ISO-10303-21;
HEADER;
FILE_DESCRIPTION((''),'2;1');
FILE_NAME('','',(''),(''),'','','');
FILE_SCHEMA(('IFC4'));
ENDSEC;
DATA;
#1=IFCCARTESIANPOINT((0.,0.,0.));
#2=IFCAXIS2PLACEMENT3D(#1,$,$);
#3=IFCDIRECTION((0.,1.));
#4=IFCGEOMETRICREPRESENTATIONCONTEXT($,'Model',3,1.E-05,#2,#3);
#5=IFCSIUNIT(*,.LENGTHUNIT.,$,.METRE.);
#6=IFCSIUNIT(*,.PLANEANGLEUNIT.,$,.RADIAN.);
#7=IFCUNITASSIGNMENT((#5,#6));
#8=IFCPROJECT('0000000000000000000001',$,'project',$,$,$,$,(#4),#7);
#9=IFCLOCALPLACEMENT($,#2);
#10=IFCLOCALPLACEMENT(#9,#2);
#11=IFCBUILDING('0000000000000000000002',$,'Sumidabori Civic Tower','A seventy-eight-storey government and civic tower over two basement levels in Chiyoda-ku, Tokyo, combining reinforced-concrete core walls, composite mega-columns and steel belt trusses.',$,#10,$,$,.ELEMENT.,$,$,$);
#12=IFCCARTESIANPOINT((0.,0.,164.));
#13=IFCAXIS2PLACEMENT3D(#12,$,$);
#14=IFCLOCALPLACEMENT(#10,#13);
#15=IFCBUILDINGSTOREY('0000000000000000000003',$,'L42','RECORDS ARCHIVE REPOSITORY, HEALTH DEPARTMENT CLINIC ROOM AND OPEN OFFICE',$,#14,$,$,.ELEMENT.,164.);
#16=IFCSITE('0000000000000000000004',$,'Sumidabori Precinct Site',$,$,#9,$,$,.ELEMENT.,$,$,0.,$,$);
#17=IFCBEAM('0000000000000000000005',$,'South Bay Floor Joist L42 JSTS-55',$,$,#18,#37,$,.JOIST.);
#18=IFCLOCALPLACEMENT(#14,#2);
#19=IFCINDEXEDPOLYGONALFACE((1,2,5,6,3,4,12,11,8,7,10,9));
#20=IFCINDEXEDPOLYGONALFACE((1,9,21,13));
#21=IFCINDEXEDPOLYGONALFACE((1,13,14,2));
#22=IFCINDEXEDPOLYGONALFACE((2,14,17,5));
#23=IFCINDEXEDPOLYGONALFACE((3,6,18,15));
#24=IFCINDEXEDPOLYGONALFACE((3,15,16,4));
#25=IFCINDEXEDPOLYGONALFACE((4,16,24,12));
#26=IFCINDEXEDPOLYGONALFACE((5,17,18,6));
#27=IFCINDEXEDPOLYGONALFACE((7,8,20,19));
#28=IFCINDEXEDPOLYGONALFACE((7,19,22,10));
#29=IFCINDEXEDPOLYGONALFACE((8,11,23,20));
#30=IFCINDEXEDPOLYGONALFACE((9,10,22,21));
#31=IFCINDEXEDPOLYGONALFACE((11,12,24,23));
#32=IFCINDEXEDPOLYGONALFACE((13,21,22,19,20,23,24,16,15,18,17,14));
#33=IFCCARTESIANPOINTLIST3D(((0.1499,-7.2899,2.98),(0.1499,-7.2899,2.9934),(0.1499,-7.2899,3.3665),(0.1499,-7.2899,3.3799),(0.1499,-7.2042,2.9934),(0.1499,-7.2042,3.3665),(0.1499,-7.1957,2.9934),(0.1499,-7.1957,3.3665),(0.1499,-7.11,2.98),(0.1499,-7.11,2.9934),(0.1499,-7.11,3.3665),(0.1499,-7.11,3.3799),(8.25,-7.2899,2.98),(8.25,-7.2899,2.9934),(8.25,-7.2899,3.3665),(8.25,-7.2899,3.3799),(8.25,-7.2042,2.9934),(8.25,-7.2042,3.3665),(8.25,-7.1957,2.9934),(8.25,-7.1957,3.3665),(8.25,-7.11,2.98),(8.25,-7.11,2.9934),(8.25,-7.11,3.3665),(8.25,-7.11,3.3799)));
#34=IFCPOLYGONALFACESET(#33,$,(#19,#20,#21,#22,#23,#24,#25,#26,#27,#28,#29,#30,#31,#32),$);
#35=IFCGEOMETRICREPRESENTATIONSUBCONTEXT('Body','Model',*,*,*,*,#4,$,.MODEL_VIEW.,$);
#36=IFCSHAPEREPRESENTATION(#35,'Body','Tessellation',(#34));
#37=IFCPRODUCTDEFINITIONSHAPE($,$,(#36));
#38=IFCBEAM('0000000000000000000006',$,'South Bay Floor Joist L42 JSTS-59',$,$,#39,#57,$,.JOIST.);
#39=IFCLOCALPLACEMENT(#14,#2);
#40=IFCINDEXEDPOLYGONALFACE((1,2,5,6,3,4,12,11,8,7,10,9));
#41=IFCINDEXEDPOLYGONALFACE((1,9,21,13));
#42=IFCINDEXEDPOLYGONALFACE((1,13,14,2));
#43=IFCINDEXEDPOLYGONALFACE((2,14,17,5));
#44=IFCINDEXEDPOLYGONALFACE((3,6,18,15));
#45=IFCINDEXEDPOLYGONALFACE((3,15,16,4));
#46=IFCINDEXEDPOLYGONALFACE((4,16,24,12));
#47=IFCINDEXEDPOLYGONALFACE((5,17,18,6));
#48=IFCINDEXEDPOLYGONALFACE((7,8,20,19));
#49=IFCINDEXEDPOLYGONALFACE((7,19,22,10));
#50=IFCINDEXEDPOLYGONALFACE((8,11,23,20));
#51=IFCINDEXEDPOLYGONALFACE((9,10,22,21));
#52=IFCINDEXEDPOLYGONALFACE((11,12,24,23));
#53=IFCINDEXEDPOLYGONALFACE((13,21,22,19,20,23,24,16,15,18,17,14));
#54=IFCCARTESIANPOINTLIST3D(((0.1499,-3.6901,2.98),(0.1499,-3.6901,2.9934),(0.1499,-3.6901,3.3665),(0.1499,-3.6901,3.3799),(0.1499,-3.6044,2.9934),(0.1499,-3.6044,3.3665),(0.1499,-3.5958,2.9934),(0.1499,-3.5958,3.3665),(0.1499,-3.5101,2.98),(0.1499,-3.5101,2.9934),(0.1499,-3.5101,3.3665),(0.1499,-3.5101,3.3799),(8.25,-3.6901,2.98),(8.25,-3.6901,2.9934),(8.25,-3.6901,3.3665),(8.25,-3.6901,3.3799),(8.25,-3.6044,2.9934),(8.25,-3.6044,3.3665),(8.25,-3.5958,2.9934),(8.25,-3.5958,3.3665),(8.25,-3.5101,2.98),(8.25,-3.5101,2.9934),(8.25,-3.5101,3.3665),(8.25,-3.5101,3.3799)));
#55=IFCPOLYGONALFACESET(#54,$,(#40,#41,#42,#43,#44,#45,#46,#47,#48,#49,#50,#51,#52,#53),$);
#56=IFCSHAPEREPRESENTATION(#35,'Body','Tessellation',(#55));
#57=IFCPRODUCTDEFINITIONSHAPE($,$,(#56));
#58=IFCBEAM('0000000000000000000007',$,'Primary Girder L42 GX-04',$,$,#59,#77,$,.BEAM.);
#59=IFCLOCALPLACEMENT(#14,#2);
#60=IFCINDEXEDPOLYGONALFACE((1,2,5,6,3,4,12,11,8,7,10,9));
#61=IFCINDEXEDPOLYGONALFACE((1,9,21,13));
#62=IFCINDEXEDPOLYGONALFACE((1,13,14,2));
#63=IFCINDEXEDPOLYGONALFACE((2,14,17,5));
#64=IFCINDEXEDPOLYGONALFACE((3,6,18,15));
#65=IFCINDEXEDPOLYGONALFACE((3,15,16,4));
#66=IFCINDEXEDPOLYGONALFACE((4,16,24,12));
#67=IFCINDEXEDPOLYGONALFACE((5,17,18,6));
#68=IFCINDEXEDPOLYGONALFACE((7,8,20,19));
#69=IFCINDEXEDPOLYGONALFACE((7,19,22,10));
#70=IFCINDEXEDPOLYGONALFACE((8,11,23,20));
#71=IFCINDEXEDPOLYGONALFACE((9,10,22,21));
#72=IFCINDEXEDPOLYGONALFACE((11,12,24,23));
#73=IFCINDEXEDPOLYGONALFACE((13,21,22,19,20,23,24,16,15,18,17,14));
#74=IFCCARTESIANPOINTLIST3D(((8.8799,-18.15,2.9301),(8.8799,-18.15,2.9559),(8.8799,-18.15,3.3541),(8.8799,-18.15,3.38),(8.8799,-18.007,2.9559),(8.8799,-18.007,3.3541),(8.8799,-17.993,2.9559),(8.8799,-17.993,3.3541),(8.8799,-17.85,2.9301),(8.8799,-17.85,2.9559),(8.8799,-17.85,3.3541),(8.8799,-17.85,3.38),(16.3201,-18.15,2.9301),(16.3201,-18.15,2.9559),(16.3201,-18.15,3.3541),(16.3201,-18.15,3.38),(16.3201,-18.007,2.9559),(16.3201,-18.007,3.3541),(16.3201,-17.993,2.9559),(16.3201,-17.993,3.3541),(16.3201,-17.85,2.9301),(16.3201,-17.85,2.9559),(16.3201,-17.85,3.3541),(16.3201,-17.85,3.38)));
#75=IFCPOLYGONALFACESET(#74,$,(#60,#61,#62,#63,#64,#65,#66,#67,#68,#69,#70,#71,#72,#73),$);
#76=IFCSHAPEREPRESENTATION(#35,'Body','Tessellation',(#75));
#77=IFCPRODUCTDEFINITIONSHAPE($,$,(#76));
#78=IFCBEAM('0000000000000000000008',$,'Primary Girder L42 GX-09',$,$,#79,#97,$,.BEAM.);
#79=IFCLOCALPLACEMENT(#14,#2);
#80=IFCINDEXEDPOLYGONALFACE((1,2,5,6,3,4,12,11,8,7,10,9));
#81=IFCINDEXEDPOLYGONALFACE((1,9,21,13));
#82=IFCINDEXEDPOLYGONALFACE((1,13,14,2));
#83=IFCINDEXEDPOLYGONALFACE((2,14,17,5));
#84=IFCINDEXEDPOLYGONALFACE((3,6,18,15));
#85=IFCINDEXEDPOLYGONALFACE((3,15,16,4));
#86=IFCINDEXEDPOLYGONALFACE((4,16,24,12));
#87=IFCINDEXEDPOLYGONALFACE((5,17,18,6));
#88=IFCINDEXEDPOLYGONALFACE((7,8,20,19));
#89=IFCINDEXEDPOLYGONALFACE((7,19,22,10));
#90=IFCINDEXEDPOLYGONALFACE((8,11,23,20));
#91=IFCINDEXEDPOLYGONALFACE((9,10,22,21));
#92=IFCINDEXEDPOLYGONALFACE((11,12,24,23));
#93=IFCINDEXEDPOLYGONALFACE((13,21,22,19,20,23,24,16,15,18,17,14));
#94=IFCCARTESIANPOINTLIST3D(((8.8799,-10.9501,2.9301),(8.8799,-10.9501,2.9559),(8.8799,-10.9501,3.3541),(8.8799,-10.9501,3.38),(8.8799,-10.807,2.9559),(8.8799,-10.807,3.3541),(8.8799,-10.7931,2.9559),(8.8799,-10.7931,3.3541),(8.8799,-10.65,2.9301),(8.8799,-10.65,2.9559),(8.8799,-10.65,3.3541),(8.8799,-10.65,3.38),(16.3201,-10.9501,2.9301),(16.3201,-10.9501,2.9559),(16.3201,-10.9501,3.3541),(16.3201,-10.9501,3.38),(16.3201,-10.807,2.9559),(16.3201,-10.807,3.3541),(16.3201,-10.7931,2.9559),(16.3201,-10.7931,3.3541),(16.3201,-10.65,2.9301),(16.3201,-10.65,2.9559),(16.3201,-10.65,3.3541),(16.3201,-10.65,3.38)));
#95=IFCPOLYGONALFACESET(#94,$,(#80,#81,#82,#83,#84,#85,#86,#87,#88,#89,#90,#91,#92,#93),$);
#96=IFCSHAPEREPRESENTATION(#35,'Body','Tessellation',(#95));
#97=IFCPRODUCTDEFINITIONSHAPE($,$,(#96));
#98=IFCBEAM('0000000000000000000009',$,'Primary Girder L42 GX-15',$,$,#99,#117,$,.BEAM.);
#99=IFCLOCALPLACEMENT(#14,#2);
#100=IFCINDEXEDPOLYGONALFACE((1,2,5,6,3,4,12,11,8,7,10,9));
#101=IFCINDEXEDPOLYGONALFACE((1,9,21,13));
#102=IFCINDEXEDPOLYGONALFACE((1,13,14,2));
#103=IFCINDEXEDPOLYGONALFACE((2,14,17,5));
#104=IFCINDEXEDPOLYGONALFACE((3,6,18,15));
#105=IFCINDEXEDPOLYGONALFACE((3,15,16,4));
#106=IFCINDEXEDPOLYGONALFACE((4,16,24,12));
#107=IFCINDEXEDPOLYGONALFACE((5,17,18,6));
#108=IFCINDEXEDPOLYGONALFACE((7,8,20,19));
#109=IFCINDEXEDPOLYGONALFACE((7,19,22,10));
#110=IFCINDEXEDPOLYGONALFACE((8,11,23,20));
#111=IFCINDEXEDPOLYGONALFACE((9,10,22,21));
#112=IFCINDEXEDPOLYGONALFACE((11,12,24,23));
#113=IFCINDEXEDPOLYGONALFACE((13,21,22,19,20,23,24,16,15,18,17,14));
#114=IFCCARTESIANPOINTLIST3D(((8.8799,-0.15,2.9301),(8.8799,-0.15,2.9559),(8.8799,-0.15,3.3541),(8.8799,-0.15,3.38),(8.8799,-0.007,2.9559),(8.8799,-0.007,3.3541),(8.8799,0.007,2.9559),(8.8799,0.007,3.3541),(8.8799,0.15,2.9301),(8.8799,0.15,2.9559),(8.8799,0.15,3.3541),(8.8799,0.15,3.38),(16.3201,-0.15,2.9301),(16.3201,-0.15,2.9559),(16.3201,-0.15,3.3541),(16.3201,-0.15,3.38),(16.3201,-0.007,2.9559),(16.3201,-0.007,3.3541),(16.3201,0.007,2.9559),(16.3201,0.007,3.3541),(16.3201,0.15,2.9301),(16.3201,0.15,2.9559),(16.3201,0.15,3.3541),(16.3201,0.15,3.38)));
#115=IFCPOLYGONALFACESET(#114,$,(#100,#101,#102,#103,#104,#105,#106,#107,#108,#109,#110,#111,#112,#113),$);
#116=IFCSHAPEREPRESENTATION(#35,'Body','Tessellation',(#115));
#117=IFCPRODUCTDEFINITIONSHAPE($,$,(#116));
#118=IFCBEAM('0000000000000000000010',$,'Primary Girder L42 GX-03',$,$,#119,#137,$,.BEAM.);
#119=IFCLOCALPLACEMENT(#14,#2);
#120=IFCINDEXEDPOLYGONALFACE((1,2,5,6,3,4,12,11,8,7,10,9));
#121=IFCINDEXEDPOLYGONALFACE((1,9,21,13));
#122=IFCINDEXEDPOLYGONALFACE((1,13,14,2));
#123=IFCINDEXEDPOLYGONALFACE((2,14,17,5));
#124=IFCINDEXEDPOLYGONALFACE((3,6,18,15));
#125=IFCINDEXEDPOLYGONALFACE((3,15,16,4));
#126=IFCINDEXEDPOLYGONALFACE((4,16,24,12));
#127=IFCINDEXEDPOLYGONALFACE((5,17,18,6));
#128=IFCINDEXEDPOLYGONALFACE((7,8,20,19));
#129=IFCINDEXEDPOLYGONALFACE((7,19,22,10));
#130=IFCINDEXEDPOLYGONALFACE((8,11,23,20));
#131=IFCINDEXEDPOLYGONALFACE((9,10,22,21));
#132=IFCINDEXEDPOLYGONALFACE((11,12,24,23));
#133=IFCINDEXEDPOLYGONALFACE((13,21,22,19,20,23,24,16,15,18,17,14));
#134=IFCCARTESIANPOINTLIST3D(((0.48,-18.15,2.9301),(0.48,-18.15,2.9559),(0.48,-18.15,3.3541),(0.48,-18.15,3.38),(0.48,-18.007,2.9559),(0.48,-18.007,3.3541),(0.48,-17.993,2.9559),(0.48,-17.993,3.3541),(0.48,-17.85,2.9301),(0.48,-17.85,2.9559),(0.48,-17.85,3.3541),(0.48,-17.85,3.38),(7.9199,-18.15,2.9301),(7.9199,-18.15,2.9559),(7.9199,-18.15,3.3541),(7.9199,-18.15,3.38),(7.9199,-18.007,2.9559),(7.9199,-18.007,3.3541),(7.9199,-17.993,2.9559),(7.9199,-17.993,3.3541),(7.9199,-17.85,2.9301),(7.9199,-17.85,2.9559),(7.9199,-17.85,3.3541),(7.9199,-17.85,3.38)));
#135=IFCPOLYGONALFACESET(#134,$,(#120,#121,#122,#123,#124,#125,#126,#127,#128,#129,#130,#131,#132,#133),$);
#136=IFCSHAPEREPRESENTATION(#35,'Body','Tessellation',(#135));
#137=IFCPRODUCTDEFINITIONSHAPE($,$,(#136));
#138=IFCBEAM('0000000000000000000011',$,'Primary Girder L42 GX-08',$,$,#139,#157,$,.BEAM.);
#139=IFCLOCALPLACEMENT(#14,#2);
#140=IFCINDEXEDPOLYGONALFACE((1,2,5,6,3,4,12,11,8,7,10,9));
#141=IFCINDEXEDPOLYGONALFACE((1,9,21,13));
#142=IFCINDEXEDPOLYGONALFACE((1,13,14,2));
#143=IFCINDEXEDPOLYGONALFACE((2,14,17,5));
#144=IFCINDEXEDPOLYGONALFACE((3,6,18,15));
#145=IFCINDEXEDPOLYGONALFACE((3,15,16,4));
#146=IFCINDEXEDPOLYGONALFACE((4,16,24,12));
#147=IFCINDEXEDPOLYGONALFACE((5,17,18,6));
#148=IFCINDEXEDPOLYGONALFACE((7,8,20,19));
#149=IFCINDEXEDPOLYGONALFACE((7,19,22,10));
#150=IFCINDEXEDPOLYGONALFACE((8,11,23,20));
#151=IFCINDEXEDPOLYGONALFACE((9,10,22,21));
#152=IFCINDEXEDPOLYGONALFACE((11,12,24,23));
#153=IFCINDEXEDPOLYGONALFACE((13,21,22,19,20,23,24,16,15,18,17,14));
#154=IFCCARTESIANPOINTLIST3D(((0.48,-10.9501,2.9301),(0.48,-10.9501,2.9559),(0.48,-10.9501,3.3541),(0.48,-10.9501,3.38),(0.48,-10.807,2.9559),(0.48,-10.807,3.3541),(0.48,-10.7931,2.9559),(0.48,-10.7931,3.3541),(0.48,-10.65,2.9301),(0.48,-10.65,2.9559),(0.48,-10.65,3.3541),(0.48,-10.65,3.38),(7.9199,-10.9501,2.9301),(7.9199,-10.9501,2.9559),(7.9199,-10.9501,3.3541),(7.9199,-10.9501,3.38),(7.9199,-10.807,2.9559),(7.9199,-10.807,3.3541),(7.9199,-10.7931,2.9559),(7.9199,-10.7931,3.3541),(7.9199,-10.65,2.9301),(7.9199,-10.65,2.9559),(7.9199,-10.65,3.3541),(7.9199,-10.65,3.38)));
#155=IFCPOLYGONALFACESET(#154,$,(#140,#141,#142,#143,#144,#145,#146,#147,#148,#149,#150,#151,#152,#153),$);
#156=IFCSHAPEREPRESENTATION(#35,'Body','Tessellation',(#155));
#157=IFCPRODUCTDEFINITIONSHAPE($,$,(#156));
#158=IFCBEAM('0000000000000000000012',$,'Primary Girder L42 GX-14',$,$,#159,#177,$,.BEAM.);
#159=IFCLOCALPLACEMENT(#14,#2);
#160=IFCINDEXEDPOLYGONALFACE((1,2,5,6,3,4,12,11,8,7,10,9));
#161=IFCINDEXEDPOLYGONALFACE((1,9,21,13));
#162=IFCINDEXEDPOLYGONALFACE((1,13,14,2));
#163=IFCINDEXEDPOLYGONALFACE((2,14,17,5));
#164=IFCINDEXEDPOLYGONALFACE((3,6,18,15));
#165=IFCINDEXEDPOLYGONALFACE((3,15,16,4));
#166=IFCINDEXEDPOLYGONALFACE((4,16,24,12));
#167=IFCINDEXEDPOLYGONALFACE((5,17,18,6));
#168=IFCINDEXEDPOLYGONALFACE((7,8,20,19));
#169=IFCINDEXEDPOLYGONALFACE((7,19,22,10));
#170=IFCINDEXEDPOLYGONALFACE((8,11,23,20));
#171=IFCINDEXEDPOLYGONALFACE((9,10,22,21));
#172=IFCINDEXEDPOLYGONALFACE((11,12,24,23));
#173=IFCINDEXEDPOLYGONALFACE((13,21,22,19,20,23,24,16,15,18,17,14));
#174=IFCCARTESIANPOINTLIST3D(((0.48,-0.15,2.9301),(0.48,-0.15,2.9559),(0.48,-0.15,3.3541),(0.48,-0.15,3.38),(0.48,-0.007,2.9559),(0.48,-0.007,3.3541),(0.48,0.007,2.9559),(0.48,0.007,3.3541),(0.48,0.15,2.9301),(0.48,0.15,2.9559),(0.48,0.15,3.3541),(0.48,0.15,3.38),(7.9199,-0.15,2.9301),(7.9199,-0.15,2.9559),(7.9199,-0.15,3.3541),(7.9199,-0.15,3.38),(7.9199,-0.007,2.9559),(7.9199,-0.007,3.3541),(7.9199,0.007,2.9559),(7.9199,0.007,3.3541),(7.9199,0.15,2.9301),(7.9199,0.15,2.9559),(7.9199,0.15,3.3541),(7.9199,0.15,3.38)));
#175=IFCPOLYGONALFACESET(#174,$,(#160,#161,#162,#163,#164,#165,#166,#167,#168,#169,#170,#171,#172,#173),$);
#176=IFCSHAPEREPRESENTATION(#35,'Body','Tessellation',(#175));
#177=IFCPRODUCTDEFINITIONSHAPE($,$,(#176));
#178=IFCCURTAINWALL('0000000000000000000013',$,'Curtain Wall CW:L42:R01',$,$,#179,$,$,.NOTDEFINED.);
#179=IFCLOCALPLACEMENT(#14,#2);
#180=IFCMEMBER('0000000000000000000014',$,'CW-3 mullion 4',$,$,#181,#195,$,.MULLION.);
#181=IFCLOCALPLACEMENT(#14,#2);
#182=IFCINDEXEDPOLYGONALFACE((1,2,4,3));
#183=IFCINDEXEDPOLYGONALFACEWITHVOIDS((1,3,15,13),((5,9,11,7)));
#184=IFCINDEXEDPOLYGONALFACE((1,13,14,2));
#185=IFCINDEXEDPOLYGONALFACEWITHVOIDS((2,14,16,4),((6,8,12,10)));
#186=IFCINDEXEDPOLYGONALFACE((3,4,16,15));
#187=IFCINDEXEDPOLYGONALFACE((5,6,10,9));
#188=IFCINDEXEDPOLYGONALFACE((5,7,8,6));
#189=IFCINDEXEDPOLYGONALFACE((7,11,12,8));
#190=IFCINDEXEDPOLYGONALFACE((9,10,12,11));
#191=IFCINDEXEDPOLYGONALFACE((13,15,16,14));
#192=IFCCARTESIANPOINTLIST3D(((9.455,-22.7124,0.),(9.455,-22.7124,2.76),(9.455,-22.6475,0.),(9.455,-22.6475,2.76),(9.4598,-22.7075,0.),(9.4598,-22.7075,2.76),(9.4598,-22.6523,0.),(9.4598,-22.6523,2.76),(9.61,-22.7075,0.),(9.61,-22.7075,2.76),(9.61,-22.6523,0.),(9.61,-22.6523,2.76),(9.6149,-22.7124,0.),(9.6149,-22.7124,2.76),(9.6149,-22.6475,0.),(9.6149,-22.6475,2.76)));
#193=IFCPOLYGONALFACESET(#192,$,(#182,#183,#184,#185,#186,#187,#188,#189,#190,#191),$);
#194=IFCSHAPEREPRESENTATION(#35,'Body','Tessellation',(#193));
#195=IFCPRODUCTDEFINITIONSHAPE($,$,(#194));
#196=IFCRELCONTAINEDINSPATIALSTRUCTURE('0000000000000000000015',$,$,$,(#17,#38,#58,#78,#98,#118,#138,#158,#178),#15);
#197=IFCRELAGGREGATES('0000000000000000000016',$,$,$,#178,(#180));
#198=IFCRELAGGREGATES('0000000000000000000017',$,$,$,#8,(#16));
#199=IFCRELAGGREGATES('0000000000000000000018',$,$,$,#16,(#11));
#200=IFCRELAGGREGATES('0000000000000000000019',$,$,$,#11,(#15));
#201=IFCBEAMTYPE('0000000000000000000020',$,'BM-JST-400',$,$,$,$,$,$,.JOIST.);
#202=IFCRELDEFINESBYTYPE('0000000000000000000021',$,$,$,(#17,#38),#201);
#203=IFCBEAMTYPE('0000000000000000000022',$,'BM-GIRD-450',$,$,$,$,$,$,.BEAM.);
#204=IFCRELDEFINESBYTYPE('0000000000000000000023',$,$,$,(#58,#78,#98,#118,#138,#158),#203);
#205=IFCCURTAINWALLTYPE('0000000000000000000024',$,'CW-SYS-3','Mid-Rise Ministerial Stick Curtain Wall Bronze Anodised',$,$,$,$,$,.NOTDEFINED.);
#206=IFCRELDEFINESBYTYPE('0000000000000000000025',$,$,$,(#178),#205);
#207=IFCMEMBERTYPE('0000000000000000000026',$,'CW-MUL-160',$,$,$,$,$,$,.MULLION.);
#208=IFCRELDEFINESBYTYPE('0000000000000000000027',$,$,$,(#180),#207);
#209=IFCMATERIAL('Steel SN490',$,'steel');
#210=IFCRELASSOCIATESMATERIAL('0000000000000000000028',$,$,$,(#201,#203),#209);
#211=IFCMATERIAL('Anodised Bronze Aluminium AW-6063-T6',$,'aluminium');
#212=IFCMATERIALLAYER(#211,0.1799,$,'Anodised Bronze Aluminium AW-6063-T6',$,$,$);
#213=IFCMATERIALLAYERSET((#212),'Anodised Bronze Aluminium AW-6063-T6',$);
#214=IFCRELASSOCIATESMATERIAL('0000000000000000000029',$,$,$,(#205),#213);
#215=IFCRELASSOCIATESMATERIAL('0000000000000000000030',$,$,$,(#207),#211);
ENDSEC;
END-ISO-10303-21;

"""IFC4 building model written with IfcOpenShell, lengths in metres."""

from ifc_helpers import new_model, si_unit, direction, frame, origin, origin_2d, place, context, subcontext, project, spatial, hollow_rectangle, i_section, extrude, source, transform, mapped, material, layer, layer_set, material_profile, profile_set, type_object, element, aggregate, save


model = new_model("IFC4")

# Units and contexts
model_context = context("Model", 3, precision=1e-05, world=origin(), true_north=direction((0.0, 1.0)))
body_context = subcontext(model_context, "Body", "Model", "MODEL_VIEW")
ifc_project = project(units=[si_unit("LENGTHUNIT", "METRE"), si_unit("PLANEANGLEUNIT", "RADIAN")], contexts=[model_context])

# Site, building, storey
site_placement = place(None, origin())
site = spatial("IfcSite", under=ifc_project, at=site_placement, Name="Sumidabori Precinct Site", CompositionType="ELEMENT", RefElevation=0.0)
building_placement = place(site_placement, origin())
building = spatial("IfcBuilding", under=site, at=building_placement, Name="Sumidabori Civic Tower", Description="A seventy-eight-storey government and civic tower over two basement levels in Chiyoda-ku, Tokyo, combining reinforced-concrete core walls, composite mega-columns and steel belt trusses.", CompositionType="ELEMENT")
storey_placement = place(building_placement, frame((0.0, 0.0, 164.0)))
storey = spatial("IfcBuildingStorey", under=building, at=storey_placement, Name="L42", Description="RECORDS ARCHIVE REPOSITORY, HEALTH DEPARTMENT CLINIC ROOM AND OPEN OFFICE", CompositionType="ELEMENT", Elevation=164.0)

# Beams
ifc_material_1 = material(Name="Steel SN490", Category="steel")
ifc_material_profile_1 = material_profile(ifc_material_1, i_section(OverallWidth=0.1799, OverallDepth=0.3999, WebThickness=0.0085, FlangeThickness=0.0134, at=origin_2d()), Name="IPE 400")
ifc_profile_set_1 = profile_set([ifc_material_profile_1], Name="Steel SN490")
beam_type_1 = type_object("IfcBeamType", Name="BM-JST-400", PredefinedType="JOIST", material=ifc_profile_set_1)
shared_shape_1 = source(origin(), body_context, "Body", "SweptSolid", [
    extrude(i_section(OverallWidth=0.1799, OverallDepth=0.3999, WebThickness=0.0085, FlangeThickness=0.0134, at=origin_2d()), origin(), (0.0, 0.0, 1.0), 8.1001),
])
for number, where, z_axis, x_axis, name in (
    (1, (0.1499, -7.2, 3.1799), (1.0, 0.0, 0.0), (0.0, 1.0, 0.0), "South Bay Floor Joist L42 JSTS-55"),
    (2, (0.1499, -3.6001, 3.1799), (1.0, 0.0, 0.0), (0.0, 1.0, 0.0), "South Bay Floor Joist L42 JSTS-59"),
):
    element("IfcBeam", number, at=place(storey_placement, frame(where, z_axis=z_axis, x_axis=x_axis)), inside=storey, type_object=beam_type_1, Name=name, PredefinedType="JOIST", context=body_context, shape_type="MappedRepresentation", body=[
        mapped(shared_shape_1, transform((0.0, 0.0, 0.0), x_axis=(1.0, 0.0, 0.0), y_axis=(0.0, 1.0, 0.0), z_axis=(0.0, 0.0, 1.0), scale=1.0)),
    ])
ifc_material_profile_2 = material_profile(ifc_material_1, i_section(OverallWidth=0.3, OverallDepth=0.45, WebThickness=0.0139, FlangeThickness=0.0259, at=origin_2d()), Name="HE 450 B")
ifc_profile_set_2 = profile_set([ifc_material_profile_2], Name="Steel SN490")
beam_type_2 = type_object("IfcBeamType", Name="BM-GIRD-450", PredefinedType="BEAM", material=ifc_profile_set_2)
shared_shape_2 = source(origin(), body_context, "Body", "SweptSolid", [
    extrude(i_section(OverallWidth=0.3, OverallDepth=0.45, WebThickness=0.0139, FlangeThickness=0.0259, at=origin_2d()), origin(), (0.0, 0.0, 1.0), 7.4402),
])
for number, where, z_axis, x_axis, name in (
    (3, (8.8799, -18.0, 3.155), (1.0, 0.0, 0.0), (0.0, 1.0, 0.0), "Primary Girder L42 GX-04"),
    (4, (8.8799, -10.8, 3.155), (1.0, 0.0, 0.0), (0.0, 1.0, 0.0), "Primary Girder L42 GX-09"),
    (5, (8.8799, 0.0, 3.155), (1.0, 0.0, 0.0), (0.0, 1.0, 0.0), "Primary Girder L42 GX-15"),
):
    element("IfcBeam", number, at=place(storey_placement, frame(where, z_axis=z_axis, x_axis=x_axis)), inside=storey, type_object=beam_type_2, Name=name, PredefinedType="BEAM", context=body_context, shape_type="MappedRepresentation", body=[
        mapped(shared_shape_2, transform((0.0, 0.0, 0.0), x_axis=(1.0, 0.0, 0.0), y_axis=(0.0, 1.0, 0.0), z_axis=(0.0, 0.0, 1.0), scale=1.0)),
    ])
shared_shape_3 = source(origin(), body_context, "Body", "SweptSolid", [
    extrude(i_section(OverallWidth=0.3, OverallDepth=0.45, WebThickness=0.0139, FlangeThickness=0.0259, at=origin_2d()), origin(), (0.0, 0.0, 1.0), 7.4399),
])
for number, where, z_axis, x_axis, name in (
    (6, (0.48, -18.0, 3.155), (1.0, 0.0, 0.0), (0.0, 1.0, 0.0), "Primary Girder L42 GX-03"),
    (7, (0.48, -10.8, 3.155), (1.0, 0.0, 0.0), (0.0, 1.0, 0.0), "Primary Girder L42 GX-08"),
    (8, (0.48, 0.0, 3.155), (1.0, 0.0, 0.0), (0.0, 1.0, 0.0), "Primary Girder L42 GX-14"),
):
    element("IfcBeam", number, at=place(storey_placement, frame(where, z_axis=z_axis, x_axis=x_axis)), inside=storey, type_object=beam_type_2, Name=name, PredefinedType="BEAM", context=body_context, shape_type="MappedRepresentation", body=[
        mapped(shared_shape_3, transform((0.0, 0.0, 0.0), x_axis=(1.0, 0.0, 0.0), y_axis=(0.0, 1.0, 0.0), z_axis=(0.0, 0.0, 1.0), scale=1.0)),
    ])

# Curtain wall, member
ifc_material_2 = material(Name="Anodised Bronze Aluminium AW-6063-T6", Category="aluminium")
ifc_layer_1 = layer(ifc_material_2, 0.1799, Name="Anodised Bronze Aluminium AW-6063-T6")
ifc_layer_set_1 = layer_set([ifc_layer_1], Name="Anodised Bronze Aluminium AW-6063-T6")
curtain_wall_type = type_object("IfcCurtainWallType", Name="CW-SYS-3", Description="Mid-Rise Ministerial Stick Curtain Wall Bronze Anodised", PredefinedType="NOTDEFINED", material=ifc_layer_set_1)
curtain_wall_placement = place(storey_placement, origin())
curtain_wall = element("IfcCurtainWall", 9, at=curtain_wall_placement, inside=storey, type_object=curtain_wall_type, Name="Curtain Wall CW:L42:R01", PredefinedType="NOTDEFINED")
ifc_material_profile_3 = material_profile(ifc_material_2, hollow_rectangle(XDim=0.0649, YDim=0.1599, WallThickness=0.0049, at=origin_2d()), Name="ALU MULLION 160x65")
ifc_profile_set_3 = profile_set([ifc_material_profile_3], Name="Anodised Bronze Aluminium AW-6063-T6")
member_type_1 = type_object("IfcMemberType", Name="CW-MUL-160", PredefinedType="MULLION", material=ifc_profile_set_3)
shared_shape_4 = source(origin(), body_context, "Body", "SweptSolid", [
    extrude(hollow_rectangle(XDim=0.0649, YDim=0.1599, WallThickness=0.0049, at=origin_2d()), origin(), (0.0, 0.0, 1.0), 2.76),
])
member_1_placement = place(storey_placement, frame((9.5349, -22.6799, 0.0), z_axis=(0.0, 0.0, 1.0), x_axis=(0.0, 1.0, 0.0)))
member_1 = element("IfcMember", 10, at=member_1_placement, type_object=member_type_1, Name="CW-3 mullion 4", PredefinedType="MULLION", context=body_context, shape_type="MappedRepresentation", body=[
    mapped(shared_shape_4, transform((0.0, 0.0, 0.0), x_axis=(1.0, 0.0, 0.0), y_axis=(0.0, 1.0, 0.0), z_axis=(0.0, 0.0, 1.0), scale=1.0)),
])
aggregate(curtain_wall, [member_1])

save(model, "model.ifc")
